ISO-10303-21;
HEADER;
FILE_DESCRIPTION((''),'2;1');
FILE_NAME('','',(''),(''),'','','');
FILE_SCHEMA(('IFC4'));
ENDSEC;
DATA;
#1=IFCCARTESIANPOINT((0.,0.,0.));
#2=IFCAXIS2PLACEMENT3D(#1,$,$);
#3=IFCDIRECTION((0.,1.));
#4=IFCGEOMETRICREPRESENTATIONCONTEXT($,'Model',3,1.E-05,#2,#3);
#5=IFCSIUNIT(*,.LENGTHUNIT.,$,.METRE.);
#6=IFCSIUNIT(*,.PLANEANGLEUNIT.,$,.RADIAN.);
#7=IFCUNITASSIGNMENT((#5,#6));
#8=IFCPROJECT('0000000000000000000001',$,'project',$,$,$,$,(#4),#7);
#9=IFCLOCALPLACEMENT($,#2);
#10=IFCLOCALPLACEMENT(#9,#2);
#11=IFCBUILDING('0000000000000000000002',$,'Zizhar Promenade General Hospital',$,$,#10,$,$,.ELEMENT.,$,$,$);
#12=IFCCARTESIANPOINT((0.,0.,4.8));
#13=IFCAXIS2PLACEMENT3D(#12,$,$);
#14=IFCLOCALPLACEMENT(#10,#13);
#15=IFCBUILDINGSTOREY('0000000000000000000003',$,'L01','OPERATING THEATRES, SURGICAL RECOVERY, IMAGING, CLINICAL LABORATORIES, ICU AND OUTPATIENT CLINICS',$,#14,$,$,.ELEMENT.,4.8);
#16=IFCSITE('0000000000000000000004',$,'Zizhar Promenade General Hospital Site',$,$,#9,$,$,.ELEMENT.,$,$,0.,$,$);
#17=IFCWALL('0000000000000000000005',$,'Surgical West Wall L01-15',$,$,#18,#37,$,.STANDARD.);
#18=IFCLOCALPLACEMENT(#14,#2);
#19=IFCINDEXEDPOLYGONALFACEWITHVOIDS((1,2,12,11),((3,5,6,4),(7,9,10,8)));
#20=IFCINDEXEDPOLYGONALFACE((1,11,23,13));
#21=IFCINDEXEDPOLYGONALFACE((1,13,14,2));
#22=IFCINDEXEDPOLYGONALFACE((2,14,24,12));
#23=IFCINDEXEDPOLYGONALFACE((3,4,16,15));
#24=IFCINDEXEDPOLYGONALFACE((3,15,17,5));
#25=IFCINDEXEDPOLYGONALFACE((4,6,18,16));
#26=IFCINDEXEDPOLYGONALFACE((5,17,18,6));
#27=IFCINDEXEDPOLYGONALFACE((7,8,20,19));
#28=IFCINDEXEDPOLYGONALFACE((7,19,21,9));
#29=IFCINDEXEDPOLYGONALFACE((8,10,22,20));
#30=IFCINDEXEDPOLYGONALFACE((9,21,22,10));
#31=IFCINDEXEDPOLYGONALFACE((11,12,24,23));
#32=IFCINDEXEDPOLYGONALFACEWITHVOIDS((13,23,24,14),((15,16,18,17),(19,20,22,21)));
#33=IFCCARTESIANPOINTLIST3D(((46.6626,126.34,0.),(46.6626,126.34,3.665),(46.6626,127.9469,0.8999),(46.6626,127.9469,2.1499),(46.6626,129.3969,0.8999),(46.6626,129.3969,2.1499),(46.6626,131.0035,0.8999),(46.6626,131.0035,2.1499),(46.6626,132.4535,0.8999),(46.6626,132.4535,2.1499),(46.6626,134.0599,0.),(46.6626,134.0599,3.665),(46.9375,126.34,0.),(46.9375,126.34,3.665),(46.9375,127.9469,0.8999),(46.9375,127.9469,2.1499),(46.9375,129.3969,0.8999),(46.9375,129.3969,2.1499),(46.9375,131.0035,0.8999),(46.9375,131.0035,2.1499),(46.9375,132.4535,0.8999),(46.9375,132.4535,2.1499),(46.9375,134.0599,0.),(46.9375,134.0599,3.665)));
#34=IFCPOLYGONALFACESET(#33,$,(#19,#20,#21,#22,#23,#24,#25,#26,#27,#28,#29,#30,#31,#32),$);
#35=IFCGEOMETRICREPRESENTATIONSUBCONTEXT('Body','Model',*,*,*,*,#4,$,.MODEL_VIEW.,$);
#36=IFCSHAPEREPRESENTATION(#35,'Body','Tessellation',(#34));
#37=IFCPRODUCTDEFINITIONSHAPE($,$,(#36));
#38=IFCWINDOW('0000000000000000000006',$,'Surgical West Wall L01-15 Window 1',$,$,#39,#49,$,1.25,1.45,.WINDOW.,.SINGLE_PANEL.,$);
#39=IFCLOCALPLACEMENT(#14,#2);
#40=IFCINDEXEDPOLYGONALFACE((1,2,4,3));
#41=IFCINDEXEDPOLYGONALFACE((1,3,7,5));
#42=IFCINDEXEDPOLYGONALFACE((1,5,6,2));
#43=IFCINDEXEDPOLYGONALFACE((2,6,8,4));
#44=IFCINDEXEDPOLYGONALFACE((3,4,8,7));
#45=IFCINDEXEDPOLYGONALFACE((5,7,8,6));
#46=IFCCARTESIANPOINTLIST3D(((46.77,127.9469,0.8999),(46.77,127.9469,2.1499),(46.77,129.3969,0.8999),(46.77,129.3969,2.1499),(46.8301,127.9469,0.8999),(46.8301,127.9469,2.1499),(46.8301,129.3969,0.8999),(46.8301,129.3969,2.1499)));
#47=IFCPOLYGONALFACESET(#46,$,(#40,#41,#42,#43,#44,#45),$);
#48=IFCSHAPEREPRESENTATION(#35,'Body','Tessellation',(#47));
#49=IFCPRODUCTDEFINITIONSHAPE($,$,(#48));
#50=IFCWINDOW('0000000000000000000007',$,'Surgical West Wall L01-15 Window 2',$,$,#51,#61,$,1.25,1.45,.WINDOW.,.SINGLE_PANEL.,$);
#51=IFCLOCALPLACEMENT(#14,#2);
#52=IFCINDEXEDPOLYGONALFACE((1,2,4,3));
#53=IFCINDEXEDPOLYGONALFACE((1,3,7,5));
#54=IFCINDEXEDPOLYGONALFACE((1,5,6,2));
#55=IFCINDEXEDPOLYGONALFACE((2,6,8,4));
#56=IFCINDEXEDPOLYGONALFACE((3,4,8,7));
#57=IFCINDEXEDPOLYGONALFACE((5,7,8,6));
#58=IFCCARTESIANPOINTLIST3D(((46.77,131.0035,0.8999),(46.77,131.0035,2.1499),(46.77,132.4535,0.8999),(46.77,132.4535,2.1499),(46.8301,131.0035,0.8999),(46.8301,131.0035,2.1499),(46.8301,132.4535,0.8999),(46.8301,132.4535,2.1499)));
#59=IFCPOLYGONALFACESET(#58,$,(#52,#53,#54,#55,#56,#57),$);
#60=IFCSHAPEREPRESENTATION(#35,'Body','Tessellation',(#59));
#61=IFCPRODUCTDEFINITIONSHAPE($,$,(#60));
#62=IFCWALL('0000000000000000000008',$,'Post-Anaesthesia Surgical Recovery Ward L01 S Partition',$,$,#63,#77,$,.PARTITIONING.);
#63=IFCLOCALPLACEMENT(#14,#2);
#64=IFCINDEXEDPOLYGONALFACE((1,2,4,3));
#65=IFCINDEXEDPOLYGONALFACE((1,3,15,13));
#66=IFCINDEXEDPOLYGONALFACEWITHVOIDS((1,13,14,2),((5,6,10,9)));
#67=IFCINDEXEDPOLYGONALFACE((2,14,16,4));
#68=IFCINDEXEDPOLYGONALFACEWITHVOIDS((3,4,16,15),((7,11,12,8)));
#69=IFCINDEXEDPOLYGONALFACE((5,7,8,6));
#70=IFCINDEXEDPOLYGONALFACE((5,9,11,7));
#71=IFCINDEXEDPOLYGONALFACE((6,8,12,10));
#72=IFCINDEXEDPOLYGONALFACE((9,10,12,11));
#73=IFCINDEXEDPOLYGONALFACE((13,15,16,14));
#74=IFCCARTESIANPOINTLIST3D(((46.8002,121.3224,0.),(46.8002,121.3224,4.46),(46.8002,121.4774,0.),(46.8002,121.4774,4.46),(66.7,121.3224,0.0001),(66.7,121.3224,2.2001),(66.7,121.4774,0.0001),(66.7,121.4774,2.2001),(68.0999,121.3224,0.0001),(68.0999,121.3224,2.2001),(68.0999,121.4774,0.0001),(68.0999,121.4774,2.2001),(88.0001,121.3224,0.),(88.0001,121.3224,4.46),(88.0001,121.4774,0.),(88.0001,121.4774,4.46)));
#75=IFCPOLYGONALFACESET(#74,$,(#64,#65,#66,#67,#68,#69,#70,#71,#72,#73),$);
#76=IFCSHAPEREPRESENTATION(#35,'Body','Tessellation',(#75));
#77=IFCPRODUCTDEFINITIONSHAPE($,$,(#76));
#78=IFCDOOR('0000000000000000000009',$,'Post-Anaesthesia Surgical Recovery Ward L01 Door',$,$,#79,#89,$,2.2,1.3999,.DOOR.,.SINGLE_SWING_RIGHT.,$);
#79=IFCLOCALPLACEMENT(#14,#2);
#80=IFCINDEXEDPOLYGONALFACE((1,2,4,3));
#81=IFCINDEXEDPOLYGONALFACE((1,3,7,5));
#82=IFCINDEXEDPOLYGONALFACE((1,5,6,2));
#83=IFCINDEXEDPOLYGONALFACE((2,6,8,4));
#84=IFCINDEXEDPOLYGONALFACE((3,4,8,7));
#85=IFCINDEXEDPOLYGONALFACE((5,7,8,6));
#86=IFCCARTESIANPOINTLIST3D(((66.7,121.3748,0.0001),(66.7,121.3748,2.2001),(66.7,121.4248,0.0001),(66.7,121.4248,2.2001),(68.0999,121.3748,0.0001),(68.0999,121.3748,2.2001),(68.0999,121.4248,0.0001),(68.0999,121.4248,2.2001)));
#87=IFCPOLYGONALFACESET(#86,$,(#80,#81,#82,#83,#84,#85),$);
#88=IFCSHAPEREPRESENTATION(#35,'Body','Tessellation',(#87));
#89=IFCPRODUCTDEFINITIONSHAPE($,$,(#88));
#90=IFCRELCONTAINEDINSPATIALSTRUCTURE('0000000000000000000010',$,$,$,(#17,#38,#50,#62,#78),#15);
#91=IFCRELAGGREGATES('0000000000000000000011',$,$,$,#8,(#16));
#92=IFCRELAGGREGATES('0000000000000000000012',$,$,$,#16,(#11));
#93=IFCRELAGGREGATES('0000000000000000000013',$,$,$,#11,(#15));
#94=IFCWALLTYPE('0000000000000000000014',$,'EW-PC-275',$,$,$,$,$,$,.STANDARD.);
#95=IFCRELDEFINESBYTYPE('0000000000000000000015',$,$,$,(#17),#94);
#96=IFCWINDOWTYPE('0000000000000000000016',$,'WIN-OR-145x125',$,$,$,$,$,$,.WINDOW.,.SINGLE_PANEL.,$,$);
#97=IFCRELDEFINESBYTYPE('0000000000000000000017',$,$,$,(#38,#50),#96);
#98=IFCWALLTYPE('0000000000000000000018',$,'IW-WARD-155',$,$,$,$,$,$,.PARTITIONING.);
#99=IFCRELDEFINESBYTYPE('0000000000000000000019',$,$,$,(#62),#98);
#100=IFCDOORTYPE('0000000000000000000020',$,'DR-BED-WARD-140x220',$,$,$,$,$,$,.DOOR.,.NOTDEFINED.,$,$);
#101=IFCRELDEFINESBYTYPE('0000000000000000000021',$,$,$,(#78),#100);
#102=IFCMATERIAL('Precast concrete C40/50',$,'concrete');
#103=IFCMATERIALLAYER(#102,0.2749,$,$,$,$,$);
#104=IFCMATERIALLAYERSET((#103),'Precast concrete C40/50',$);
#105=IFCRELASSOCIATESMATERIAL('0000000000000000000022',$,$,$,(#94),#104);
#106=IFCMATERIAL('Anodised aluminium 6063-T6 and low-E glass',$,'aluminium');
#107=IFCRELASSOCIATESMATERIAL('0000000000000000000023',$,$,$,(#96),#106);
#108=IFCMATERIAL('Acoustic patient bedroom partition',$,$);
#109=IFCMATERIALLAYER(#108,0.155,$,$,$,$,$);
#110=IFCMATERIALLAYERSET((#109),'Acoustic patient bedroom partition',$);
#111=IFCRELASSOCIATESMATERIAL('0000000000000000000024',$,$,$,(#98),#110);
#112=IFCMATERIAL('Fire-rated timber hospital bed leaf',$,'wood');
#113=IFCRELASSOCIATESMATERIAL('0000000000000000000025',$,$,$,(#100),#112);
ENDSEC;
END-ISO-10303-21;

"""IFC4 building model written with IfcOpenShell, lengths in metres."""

from ifc_helpers import new_model, si_unit, direction, frame, frame_2d, origin, place, context, subcontext, project, spatial, rectangle, extrude, material, layer, layer_set, type_object, element, fill, save


model = new_model("IFC4")

# Units and contexts
model_context = context("Model", 3, precision=1e-05, world=origin(), true_north=direction((0.0, 1.0)))
body_context = subcontext(model_context, "Body", "Model", "MODEL_VIEW")
ifc_project = project(units=[si_unit("LENGTHUNIT", "METRE"), si_unit("PLANEANGLEUNIT", "RADIAN")], contexts=[model_context])

# Site, building, storey
site_placement = place(None, origin())
site = spatial("IfcSite", under=ifc_project, at=site_placement, Name="Zizhar Promenade General Hospital Site", CompositionType="ELEMENT", RefElevation=0.0)
building_placement = place(site_placement, origin())
building = spatial("IfcBuilding", under=site, at=building_placement, Name="Zizhar Promenade General Hospital", CompositionType="ELEMENT")
storey_placement = place(building_placement, frame((0.0, 0.0, 4.8)))
storey = spatial("IfcBuildingStorey", under=building, at=storey_placement, Name="L01", Description="OPERATING THEATRES, SURGICAL RECOVERY, IMAGING, CLINICAL LABORATORIES, ICU AND OUTPATIENT CLINICS", CompositionType="ELEMENT", Elevation=4.8)

# Wall, openings, windows
ifc_material_1 = material(Name="Precast concrete C40/50", Category="concrete")
ifc_layer_1 = layer(ifc_material_1, 0.2749)
ifc_layer_set_1 = layer_set([ifc_layer_1], Name="Precast concrete C40/50")
wall_type_1 = type_object("IfcWallType", Name="EW-PC-275", PredefinedType="STANDARD", material=ifc_layer_set_1)
wall_1_placement = place(storey_placement, frame((46.8, 126.3401, 0.0), z_axis=(0.0, 0.0, 1.0), x_axis=(0.0, 1.0, 0.0)))
wall_1 = element("IfcWall", 1, at=wall_1_placement, inside=storey, type_object=wall_type_1, Name="Surgical West Wall L01-15", PredefinedType="STANDARD", context=body_context, shape_type="SweptSolid", body=[
    extrude(rectangle(XDim=7.72, YDim=0.2749, at=frame_2d((3.8599, 0.0))), origin(), (0.0, 0.0, 1.0), 3.665),
])
opening_1_placement = place(wall_1_placement, frame((1.6067, 0.0, 0.8999)))
opening_1 = element("IfcOpeningElement", 2, at=opening_1_placement, cuts=wall_1, PredefinedType="OPENING", context=body_context, shape_type="SweptSolid", body=[
    extrude(rectangle(XDim=1.45, YDim=1.25, at=frame_2d((0.7251, 0.625))), frame((0.0, 0.1475, 0.0), z_axis=(0.0, -1.0, 0.0), x_axis=(1.0, 0.0, 0.0)), (0.0, 0.0, 1.0), 0.2949),
])
opening_2_placement = place(wall_1_placement, frame((4.6633, 0.0, 0.8999)))
opening_2 = element("IfcOpeningElement", 3, at=opening_2_placement, cuts=wall_1, PredefinedType="OPENING", context=body_context, shape_type="SweptSolid", body=[
    extrude(rectangle(XDim=1.45, YDim=1.25, at=frame_2d((0.7251, 0.625))), frame((0.0, 0.1475, 0.0), z_axis=(0.0, -1.0, 0.0), x_axis=(1.0, 0.0, 0.0)), (0.0, 0.0, 1.0), 0.2949),
])
ifc_material_2 = material(Name="Anodised aluminium 6063-T6 and low-E glass", Category="aluminium")
window_type = type_object("IfcWindowType", Name="WIN-OR-145x125", PartitioningType="SINGLE_PANEL", PredefinedType="WINDOW", material=ifc_material_2)
window_1_placement = place(opening_1_placement, origin())
window_1 = element("IfcWindow", 4, at=window_1_placement, inside=storey, type_object=window_type, Name="Surgical West Wall L01-15 Window 1", OverallHeight=1.25, OverallWidth=1.45, PartitioningType="SINGLE_PANEL", PredefinedType="WINDOW", context=body_context, shape_type="SweptSolid", body=[
    extrude(rectangle(XDim=1.45, YDim=1.25, at=frame_2d((0.7251, 0.625))), frame((0.0, 0.03, 0.0), z_axis=(0.0, -1.0, 0.0), x_axis=(1.0, 0.0, 0.0)), (0.0, 0.0, 1.0), 0.0601),
])
fill(opening_1, window_1)
window_2_placement = place(opening_2_placement, origin())
window_2 = element("IfcWindow", 5, at=window_2_placement, inside=storey, type_object=window_type, Name="Surgical West Wall L01-15 Window 2", OverallHeight=1.25, OverallWidth=1.45, PartitioningType="SINGLE_PANEL", PredefinedType="WINDOW", context=body_context, shape_type="SweptSolid", body=[
    extrude(rectangle(XDim=1.45, YDim=1.25, at=frame_2d((0.7251, 0.625))), frame((0.0, 0.03, 0.0), z_axis=(0.0, -1.0, 0.0), x_axis=(1.0, 0.0, 0.0)), (0.0, 0.0, 1.0), 0.0601),
])
fill(opening_2, window_2)

# Wall, opening, door
ifc_material_3 = material(Name="Acoustic patient bedroom partition")
ifc_layer_2 = layer(ifc_material_3, 0.155)
ifc_layer_set_2 = layer_set([ifc_layer_2], Name="Acoustic patient bedroom partition")
wall_type_2 = type_object("IfcWallType", Name="IW-WARD-155", PredefinedType="PARTITIONING", material=ifc_layer_set_2)
wall_2_placement = place(storey_placement, frame((46.8, 121.3999, 0.0), z_axis=(0.0, 0.0, 1.0), x_axis=(1.0, 0.0, 0.0)))
wall_2 = element("IfcWall", 6, at=wall_2_placement, inside=storey, type_object=wall_type_2, Name="Post-Anaesthesia Surgical Recovery Ward L01 S Partition", PredefinedType="PARTITIONING", context=body_context, shape_type="SweptSolid", body=[
    extrude(rectangle(XDim=41.2, YDim=0.155, at=frame_2d((20.6001, 0.0))), origin(), (0.0, 0.0, 1.0), 4.46),
])
opening_3_placement = place(wall_2_placement, frame((19.8999, 0.0, 0.0)))
opening_3 = element("IfcOpeningElement", 7, at=opening_3_placement, cuts=wall_2, PredefinedType="OPENING", context=body_context, shape_type="SweptSolid", body=[
    extrude(rectangle(XDim=1.3999, YDim=2.2, at=frame_2d((0.7, 1.1001))), frame((0.0, 0.0874, 0.0), z_axis=(0.0, -1.0, 0.0), x_axis=(1.0, 0.0, 0.0)), (0.0, 0.0, 1.0), 0.175),
])
ifc_material_4 = material(Name="Fire-rated timber hospital bed leaf", Category="wood")
door_type = type_object("IfcDoorType", Name="DR-BED-WARD-140x220", OperationType="NOTDEFINED", PredefinedType="DOOR", material=ifc_material_4)
door_placement = place(opening_3_placement, origin())
door = element("IfcDoor", 8, at=door_placement, inside=storey, type_object=door_type, Name="Post-Anaesthesia Surgical Recovery Ward L01 Door", OperationType="SINGLE_SWING_RIGHT", OverallHeight=2.2, OverallWidth=1.3999, PredefinedType="DOOR", context=body_context, shape_type="SweptSolid", body=[
    extrude(rectangle(XDim=1.3999, YDim=2.2, at=frame_2d((0.7, 1.1001))), frame((0.0, 0.0249, 0.0), z_axis=(0.0, -1.0, 0.0), x_axis=(1.0, 0.0, 0.0)), (0.0, 0.0, 1.0), 0.05),
])
fill(opening_3, door)

save(model, "model.ifc")
